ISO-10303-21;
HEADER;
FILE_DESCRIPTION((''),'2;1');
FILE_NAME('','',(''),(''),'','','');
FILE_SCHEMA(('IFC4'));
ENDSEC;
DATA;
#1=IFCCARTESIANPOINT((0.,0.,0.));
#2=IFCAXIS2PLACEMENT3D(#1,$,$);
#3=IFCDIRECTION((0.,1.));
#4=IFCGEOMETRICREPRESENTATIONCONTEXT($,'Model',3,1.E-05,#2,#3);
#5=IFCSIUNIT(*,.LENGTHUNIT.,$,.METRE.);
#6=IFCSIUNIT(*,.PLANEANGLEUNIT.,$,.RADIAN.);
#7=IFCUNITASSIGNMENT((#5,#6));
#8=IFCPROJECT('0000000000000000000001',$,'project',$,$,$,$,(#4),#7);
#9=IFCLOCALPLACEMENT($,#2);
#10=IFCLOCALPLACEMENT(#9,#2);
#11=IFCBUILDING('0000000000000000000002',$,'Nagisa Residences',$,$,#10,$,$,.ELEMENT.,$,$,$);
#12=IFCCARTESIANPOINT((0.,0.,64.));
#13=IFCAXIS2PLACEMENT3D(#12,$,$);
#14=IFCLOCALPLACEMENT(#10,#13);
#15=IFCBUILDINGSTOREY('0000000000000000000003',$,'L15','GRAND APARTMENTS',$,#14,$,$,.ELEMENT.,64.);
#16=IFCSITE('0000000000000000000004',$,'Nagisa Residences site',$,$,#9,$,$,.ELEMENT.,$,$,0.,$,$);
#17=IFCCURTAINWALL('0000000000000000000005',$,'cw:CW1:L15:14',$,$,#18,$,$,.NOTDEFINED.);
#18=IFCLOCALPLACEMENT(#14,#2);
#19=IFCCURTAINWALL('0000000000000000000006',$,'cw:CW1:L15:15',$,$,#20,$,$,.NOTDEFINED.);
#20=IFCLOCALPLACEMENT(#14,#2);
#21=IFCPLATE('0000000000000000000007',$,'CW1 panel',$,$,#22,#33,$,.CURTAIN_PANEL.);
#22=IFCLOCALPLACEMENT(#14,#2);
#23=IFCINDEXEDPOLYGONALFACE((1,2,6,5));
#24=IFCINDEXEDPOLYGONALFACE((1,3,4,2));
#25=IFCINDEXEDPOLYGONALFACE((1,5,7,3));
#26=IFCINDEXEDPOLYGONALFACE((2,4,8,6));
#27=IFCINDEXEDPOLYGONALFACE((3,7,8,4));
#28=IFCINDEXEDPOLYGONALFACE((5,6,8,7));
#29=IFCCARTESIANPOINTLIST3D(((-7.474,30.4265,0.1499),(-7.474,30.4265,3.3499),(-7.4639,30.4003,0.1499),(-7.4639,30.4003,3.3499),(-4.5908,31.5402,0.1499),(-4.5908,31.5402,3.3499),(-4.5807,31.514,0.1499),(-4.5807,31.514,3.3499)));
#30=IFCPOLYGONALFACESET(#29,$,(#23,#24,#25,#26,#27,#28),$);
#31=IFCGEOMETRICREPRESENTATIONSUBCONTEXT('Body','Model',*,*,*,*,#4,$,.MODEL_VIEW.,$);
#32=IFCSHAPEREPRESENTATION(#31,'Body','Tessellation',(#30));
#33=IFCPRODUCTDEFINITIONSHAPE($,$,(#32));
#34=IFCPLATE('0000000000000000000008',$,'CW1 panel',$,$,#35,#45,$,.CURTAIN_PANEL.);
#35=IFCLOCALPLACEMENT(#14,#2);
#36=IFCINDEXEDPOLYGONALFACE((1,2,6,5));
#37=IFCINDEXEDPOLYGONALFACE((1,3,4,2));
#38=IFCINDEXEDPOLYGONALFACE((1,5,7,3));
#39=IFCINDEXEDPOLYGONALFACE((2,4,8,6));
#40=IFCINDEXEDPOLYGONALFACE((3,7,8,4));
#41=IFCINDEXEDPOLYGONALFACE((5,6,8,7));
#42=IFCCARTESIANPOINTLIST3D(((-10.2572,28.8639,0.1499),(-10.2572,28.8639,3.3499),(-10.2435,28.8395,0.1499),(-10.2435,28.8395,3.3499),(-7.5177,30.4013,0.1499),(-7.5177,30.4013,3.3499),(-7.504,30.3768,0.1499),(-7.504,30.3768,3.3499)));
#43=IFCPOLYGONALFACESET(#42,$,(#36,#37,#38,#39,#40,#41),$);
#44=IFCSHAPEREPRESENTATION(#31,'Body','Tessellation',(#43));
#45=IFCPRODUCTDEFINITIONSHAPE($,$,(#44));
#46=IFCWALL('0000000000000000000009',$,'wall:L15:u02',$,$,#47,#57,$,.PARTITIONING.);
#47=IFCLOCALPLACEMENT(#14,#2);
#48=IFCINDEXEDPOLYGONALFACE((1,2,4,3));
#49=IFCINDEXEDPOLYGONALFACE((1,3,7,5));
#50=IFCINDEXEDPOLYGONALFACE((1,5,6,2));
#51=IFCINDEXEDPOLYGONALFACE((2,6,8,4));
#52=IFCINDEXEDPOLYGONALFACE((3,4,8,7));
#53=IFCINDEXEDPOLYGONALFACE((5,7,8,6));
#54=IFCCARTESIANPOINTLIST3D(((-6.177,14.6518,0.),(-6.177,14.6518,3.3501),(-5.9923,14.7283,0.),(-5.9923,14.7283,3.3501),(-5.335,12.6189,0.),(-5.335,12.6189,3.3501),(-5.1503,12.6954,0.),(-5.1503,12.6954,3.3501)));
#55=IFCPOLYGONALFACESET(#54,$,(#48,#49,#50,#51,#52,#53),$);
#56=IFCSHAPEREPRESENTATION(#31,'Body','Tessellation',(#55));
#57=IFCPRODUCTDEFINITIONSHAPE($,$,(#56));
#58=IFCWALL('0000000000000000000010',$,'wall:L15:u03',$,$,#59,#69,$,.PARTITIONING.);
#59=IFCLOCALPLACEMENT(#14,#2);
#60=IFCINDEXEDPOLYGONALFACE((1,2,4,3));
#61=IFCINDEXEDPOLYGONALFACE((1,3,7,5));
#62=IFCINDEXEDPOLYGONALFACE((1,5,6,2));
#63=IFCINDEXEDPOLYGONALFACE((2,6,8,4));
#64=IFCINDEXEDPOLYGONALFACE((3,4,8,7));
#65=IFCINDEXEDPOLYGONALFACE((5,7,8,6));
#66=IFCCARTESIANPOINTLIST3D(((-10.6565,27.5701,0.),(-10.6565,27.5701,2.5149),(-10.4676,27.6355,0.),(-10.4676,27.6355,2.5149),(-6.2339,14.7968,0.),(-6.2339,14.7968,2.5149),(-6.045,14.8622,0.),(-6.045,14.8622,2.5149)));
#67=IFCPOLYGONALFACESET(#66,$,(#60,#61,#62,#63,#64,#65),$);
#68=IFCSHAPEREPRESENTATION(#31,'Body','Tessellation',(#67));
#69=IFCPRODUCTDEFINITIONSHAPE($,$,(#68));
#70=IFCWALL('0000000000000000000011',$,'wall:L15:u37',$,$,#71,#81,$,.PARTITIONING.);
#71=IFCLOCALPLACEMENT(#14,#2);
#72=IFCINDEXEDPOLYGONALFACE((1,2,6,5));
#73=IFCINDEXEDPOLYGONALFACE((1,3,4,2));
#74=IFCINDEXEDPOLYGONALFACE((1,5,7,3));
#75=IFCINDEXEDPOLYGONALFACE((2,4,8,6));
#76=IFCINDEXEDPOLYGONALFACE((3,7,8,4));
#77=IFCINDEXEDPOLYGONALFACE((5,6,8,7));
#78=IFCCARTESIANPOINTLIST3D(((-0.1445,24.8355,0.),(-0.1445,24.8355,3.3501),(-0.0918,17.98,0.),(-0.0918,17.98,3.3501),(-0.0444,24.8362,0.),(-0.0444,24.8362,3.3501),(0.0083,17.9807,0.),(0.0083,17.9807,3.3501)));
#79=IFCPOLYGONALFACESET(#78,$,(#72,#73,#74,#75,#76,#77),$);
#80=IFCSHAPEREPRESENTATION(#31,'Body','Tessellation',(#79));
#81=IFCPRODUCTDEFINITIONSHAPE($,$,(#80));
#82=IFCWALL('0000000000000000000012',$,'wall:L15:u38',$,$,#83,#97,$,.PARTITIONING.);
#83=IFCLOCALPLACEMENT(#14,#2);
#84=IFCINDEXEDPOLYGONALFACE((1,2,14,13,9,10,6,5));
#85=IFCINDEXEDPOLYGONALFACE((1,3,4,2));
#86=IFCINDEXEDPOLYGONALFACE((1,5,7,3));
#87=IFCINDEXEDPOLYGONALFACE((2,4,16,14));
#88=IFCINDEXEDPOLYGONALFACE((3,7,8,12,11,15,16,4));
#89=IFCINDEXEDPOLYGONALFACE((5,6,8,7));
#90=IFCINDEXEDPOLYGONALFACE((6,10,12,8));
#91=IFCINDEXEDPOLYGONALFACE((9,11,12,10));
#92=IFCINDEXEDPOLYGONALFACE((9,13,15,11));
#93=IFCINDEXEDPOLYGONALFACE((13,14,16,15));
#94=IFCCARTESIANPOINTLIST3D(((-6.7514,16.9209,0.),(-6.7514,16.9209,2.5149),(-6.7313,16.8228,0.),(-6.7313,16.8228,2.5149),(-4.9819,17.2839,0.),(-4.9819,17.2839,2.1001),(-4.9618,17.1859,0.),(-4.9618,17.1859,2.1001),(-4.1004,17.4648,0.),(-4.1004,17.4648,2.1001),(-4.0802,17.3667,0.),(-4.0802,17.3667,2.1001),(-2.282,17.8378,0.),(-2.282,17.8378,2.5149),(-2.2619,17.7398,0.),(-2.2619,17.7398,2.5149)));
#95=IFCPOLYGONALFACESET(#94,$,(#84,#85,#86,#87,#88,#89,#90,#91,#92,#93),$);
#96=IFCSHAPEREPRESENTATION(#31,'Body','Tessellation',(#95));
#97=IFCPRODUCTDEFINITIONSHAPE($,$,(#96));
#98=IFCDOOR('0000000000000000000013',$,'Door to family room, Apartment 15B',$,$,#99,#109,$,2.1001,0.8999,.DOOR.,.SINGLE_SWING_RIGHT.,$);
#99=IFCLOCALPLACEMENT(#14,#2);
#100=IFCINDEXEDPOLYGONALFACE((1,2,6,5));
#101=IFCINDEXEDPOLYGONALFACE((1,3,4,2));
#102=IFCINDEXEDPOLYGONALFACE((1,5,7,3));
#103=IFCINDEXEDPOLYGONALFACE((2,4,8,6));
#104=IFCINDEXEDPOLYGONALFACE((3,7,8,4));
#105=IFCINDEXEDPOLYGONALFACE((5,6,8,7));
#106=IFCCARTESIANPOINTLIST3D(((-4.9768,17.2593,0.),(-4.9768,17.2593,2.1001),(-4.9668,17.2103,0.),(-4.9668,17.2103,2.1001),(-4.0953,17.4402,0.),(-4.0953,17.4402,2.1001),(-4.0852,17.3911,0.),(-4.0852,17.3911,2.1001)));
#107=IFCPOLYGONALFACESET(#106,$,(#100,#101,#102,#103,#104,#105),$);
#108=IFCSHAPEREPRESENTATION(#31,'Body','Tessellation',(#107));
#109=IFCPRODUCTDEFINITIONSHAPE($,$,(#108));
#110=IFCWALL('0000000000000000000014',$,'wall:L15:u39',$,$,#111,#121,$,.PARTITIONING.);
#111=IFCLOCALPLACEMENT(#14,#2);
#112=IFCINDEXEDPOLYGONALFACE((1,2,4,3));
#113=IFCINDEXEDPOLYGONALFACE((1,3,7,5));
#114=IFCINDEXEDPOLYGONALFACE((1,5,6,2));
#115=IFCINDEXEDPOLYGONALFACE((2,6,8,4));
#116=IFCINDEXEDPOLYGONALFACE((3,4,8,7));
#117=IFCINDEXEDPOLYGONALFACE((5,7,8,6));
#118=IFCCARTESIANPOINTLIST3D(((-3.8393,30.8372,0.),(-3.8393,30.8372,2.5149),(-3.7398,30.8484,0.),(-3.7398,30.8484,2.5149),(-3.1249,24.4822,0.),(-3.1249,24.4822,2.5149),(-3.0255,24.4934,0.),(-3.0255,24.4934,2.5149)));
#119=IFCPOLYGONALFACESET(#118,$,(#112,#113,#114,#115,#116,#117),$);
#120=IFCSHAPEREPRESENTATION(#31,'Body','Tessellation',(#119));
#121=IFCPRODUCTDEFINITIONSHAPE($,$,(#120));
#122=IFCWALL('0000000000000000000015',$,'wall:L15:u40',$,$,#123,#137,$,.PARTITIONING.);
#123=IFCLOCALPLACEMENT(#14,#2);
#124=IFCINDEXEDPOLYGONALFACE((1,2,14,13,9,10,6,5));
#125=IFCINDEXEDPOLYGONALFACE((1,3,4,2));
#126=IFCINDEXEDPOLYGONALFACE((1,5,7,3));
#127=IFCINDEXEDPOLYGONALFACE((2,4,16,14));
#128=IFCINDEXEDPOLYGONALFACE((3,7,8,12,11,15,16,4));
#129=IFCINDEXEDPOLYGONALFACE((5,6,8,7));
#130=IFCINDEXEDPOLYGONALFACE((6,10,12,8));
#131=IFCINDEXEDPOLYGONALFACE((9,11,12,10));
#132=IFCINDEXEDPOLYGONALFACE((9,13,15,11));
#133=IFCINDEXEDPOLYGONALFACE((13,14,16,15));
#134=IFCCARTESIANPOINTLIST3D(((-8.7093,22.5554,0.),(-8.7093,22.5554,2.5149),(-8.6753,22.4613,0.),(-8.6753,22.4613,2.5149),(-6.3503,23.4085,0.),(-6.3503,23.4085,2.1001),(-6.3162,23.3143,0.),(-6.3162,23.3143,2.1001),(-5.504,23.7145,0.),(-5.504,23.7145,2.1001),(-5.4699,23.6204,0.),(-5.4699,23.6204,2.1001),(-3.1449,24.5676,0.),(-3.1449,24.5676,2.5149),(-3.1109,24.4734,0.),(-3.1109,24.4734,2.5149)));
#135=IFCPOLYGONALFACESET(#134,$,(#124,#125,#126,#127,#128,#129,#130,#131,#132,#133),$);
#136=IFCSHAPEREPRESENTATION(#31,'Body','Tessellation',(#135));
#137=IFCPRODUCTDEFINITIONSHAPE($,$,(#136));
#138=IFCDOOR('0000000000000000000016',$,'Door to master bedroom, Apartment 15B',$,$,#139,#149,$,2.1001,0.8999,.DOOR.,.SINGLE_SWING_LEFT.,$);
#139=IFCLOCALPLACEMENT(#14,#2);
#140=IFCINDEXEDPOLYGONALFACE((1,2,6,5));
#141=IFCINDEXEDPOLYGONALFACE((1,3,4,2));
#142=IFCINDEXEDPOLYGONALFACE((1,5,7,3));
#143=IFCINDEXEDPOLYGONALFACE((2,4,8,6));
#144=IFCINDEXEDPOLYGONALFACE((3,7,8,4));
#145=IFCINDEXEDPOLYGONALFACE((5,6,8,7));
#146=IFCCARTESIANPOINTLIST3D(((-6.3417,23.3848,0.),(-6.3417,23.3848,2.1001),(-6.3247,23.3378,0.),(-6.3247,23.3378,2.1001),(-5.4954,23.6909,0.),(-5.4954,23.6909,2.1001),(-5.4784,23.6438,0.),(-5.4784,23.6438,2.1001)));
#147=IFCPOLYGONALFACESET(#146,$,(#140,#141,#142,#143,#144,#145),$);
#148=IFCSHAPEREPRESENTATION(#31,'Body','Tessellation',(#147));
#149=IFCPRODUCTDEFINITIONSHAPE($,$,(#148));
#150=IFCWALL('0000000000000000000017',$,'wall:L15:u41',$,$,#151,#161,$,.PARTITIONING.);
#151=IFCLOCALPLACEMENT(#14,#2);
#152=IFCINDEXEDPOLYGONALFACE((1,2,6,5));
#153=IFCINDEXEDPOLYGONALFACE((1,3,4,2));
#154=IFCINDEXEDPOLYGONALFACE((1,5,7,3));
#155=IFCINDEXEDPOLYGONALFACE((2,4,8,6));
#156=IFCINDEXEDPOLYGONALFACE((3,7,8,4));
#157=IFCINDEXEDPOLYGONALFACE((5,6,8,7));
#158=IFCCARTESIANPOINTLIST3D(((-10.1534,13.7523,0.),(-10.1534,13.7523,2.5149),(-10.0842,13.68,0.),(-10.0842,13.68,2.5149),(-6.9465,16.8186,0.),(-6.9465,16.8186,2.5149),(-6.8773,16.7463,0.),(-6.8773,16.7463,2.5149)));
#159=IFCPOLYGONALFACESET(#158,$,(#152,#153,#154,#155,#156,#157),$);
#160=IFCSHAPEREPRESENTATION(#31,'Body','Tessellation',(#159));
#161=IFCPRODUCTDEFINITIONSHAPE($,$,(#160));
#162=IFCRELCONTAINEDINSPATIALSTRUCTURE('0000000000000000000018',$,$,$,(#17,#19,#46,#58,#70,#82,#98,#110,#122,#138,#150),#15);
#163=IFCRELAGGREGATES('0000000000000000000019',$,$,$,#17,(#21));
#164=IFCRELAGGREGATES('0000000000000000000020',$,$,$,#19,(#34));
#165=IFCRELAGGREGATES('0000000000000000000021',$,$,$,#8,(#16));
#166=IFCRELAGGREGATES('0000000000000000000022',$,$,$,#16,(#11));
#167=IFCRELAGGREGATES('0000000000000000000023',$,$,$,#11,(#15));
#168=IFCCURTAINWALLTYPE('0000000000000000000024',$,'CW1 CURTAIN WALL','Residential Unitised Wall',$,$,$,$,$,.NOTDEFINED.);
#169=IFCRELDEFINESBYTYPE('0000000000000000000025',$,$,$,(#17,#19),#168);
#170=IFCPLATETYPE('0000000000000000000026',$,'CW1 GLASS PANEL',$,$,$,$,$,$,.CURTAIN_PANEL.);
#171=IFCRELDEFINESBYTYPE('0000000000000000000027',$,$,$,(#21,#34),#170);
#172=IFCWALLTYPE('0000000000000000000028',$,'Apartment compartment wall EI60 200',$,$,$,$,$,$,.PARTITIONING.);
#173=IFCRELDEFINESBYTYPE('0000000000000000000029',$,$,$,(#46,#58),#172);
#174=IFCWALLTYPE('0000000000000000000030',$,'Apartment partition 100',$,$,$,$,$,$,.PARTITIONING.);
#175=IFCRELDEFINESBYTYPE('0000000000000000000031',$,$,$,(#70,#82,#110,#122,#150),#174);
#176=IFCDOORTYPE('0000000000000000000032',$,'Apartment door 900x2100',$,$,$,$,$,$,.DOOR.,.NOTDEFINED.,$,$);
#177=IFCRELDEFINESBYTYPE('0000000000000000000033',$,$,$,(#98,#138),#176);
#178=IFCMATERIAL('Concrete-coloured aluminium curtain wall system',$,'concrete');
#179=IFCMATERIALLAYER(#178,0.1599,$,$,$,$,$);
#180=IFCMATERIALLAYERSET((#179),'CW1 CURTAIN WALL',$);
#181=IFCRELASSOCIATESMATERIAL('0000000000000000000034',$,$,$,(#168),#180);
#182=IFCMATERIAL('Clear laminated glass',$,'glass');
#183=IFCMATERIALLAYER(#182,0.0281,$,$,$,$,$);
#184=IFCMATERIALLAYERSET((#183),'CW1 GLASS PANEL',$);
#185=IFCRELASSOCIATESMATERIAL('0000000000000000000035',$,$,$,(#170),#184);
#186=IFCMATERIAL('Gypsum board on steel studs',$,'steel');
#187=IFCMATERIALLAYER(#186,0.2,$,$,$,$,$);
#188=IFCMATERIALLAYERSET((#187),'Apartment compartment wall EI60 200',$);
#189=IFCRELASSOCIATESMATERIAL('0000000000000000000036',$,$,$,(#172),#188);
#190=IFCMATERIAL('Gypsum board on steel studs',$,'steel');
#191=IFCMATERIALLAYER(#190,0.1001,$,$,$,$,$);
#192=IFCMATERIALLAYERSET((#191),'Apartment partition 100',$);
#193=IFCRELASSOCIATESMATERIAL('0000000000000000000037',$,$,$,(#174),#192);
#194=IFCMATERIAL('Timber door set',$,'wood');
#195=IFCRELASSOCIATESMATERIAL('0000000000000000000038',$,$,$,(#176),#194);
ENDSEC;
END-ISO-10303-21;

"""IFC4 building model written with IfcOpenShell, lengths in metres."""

from ifc_helpers import new_model, si_unit, direction, frame, frame_2d, origin, origin_2d, place, context, subcontext, project, spatial, rectangle, extrude, material, layer, layer_set, type_object, element, fill, aggregate, save


model = new_model("IFC4")

# Units and contexts
model_context = context("Model", 3, precision=1e-05, world=origin(), true_north=direction((0.0, 1.0)))
body_context = subcontext(model_context, "Body", "Model", "MODEL_VIEW")
ifc_project = project(units=[si_unit("LENGTHUNIT", "METRE"), si_unit("PLANEANGLEUNIT", "RADIAN")], contexts=[model_context])

# Site, building, storey
site_placement = place(None, origin())
site = spatial("IfcSite", under=ifc_project, at=site_placement, Name="Nagisa Residences site", CompositionType="ELEMENT", RefElevation=0.0)
building_placement = place(site_placement, origin())
building = spatial("IfcBuilding", under=site, at=building_placement, Name="Nagisa Residences", CompositionType="ELEMENT")
storey_placement = place(building_placement, frame((0.0, 0.0, 64.0)))
storey = spatial("IfcBuildingStorey", under=building, at=storey_placement, Name="L15", Description="GRAND APARTMENTS", CompositionType="ELEMENT", Elevation=64.0)

# Curtain walls
ifc_material_1 = material(Name="Concrete-coloured aluminium curtain wall system", Category="concrete")
ifc_layer_1 = layer(ifc_material_1, 0.1599)
ifc_layer_set_1 = layer_set([ifc_layer_1], Name="CW1 CURTAIN WALL")
curtain_wall_type = type_object("IfcCurtainWallType", Name="CW1 CURTAIN WALL", Description="Residential Unitised Wall", PredefinedType="NOTDEFINED", material=ifc_layer_set_1)
curtain_wall_1_placement = place(storey_placement, origin())
curtain_wall_1 = element("IfcCurtainWall", 1, at=curtain_wall_1_placement, inside=storey, type_object=curtain_wall_type, Name="cw:CW1:L15:14", PredefinedType="NOTDEFINED")
curtain_wall_2_placement = place(storey_placement, origin())
curtain_wall_2 = element("IfcCurtainWall", 2, at=curtain_wall_2_placement, inside=storey, type_object=curtain_wall_type, Name="cw:CW1:L15:15", PredefinedType="NOTDEFINED")

# Plates
ifc_material_2 = material(Name="Clear laminated glass", Category="glass")
ifc_layer_2 = layer(ifc_material_2, 0.0281)
ifc_layer_set_2 = layer_set([ifc_layer_2], Name="CW1 GLASS PANEL")
plate_type = type_object("IfcPlateType", Name="CW1 GLASS PANEL", PredefinedType="CURTAIN_PANEL", material=ifc_layer_set_2)
plate_1_placement = place(storey_placement, frame((-6.0273, 30.9702, 0.1499), z_axis=(0.0, 0.0, 1.0), x_axis=(-0.932826, -0.360328, 0.0)))
plate_1 = element("IfcPlate", 3, at=plate_1_placement, type_object=plate_type, Name="CW1 panel", PredefinedType="CURTAIN_PANEL", context=body_context, shape_type="SweptSolid", body=[
    extrude(rectangle(XDim=3.0908, YDim=0.0281, at=origin_2d()), origin(), (0.0, 0.0, 1.0), 3.2),
])
aggregate(curtain_wall_1, [plate_1])
plate_2_placement = place(storey_placement, frame((-8.8806, 29.6204, 0.1499), z_axis=(0.0, 0.0, 1.0), x_axis=(-0.872072, -0.489377, 0.0)))
plate_2 = element("IfcPlate", 4, at=plate_2_placement, type_object=plate_type, Name="CW1 panel", PredefinedType="CURTAIN_PANEL", context=body_context, shape_type="SweptSolid", body=[
    extrude(rectangle(XDim=3.1414, YDim=0.0281, at=origin_2d()), origin(), (0.0, 0.0, 1.0), 3.2),
])
aggregate(curtain_wall_2, [plate_2])

# Walls
ifc_material_3 = material(Name="Gypsum board on steel studs", Category="steel")
ifc_layer_3 = layer(ifc_material_3, 0.2)
ifc_layer_set_3 = layer_set([ifc_layer_3], Name="Apartment compartment wall EI60 200")
wall_type_1 = type_object("IfcWallType", Name="Apartment compartment wall EI60 200", PredefinedType="PARTITIONING", material=ifc_layer_set_3)
wall_1_placement = place(storey_placement, frame((-5.2427, 12.6572, 0.0), z_axis=(0.0, 0.0, 1.0), x_axis=(-0.382669, 0.923886, 0.0)))
element("IfcWall", 5, at=wall_1_placement, inside=storey, type_object=wall_type_1, Name="wall:L15:u02", PredefinedType="PARTITIONING", context=body_context, shape_type="SweptSolid", body=[
    extrude(rectangle(XDim=2.2004, YDim=0.2, at=frame_2d((1.1001, 0.0))), origin(), (0.0, 0.0, 1.0), 3.3501),
])
wall_2_placement = place(storey_placement, frame((-6.1394, 14.8293, 0.0), z_axis=(0.0, 0.0, 1.0), x_axis=(-0.327179, 0.944962, 0.0)))
element("IfcWall", 6, at=wall_2_placement, inside=storey, type_object=wall_type_1, Name="wall:L15:u03", PredefinedType="PARTITIONING", context=body_context, shape_type="SweptSolid", body=[
    extrude(rectangle(XDim=13.5173, YDim=0.2, at=frame_2d((6.7588, 0.0))), origin(), (0.0, 0.0, 1.0), 2.5149),
])
ifc_material_4 = material(Name="Gypsum board on steel studs", Category="steel")
ifc_layer_4 = layer(ifc_material_4, 0.1001)
ifc_layer_set_4 = layer_set([ifc_layer_4], Name="Apartment partition 100")
wall_type_2 = type_object("IfcWallType", Name="Apartment partition 100", PredefinedType="PARTITIONING", material=ifc_layer_set_4)
wall_3_placement = place(storey_placement, frame((-0.0417, 17.9805, 0.0), z_axis=(0.0, 0.0, 1.0), x_axis=(-0.007692, 0.99997, 0.0)))
element("IfcWall", 7, at=wall_3_placement, inside=storey, type_object=wall_type_2, Name="wall:L15:u37", PredefinedType="PARTITIONING", context=body_context, shape_type="SweptSolid", body=[
    extrude(rectangle(XDim=6.8557, YDim=0.1001, at=frame_2d((3.4277, 0.0))), origin(), (0.0, 0.0, 1.0), 3.3501),
])

# Wall, opening, door
wall_4_placement = place(storey_placement, frame((-2.272, 17.7888, 0.0), z_axis=(0.0, 0.0, 1.0), x_axis=(-0.979595, -0.200981, 0.0)))
wall_4 = element("IfcWall", 8, at=wall_4_placement, inside=storey, type_object=wall_type_2, Name="wall:L15:u38", PredefinedType="PARTITIONING", context=body_context, shape_type="SweptSolid", body=[
    extrude(rectangle(XDim=4.5625, YDim=0.1001, at=frame_2d((2.2812, 0.0))), origin(), (0.0, 0.0, 1.0), 2.5149),
])
opening_1_placement = place(wall_4_placement, frame((1.8562, 0.0, 0.0)))
opening_1 = element("IfcOpeningElement", 9, at=opening_1_placement, cuts=wall_4, PredefinedType="OPENING", context=body_context, shape_type="SweptSolid", body=[
    extrude(rectangle(XDim=0.8999, YDim=2.1001, at=frame_2d((0.45, 1.05))), frame((0.0, 0.0601, 0.0), z_axis=(0.0, -1.0, 0.0), x_axis=(1.0, 0.0, 0.0)), (0.0, 0.0, 1.0), 0.1201),
])
ifc_material_5 = material(Name="Timber door set", Category="wood")
door_type_1 = type_object("IfcDoorType", Name="Apartment door 900x2100", OperationType="NOTDEFINED", PredefinedType="DOOR", material=ifc_material_5)
door_1_placement = place(opening_1_placement, frame((0.8999, 0.0, 0.0), x_axis=(-1.0, 0.0, 0.0)))
door_1 = element("IfcDoor", 10, at=door_1_placement, inside=storey, type_object=door_type_1, Name="Door to family room, Apartment 15B", OperationType="SINGLE_SWING_RIGHT", OverallHeight=2.1001, OverallWidth=0.8999, PredefinedType="DOOR", context=body_context, shape_type="SweptSolid", body=[
    extrude(rectangle(XDim=0.8999, YDim=2.1001, at=frame_2d((0.45, 1.05))), frame((0.0, 0.0249, 0.0), z_axis=(0.0, -1.0, 0.0), x_axis=(1.0, 0.0, 0.0)), (0.0, 0.0, 1.0), 0.05),
])
fill(opening_1, door_1)

# Wall
wall_5_placement = place(storey_placement, frame((-3.0752, 24.4878, 0.0), z_axis=(0.0, 0.0, 1.0), x_axis=(-0.111705, 0.993741, 0.0)))
element("IfcWall", 11, at=wall_5_placement, inside=storey, type_object=wall_type_2, Name="wall:L15:u39", PredefinedType="PARTITIONING", context=body_context, shape_type="SweptSolid", body=[
    extrude(rectangle(XDim=6.395, YDim=0.1001, at=frame_2d((3.1975, 0.0))), origin(), (0.0, 0.0, 1.0), 2.5149),
])

# Wall, opening, door
wall_6_placement = place(storey_placement, frame((-3.1279, 24.5205, 0.0), z_axis=(0.0, 0.0, 1.0), x_axis=(-0.940401, -0.340066, 0.0)))
wall_6 = element("IfcWall", 12, at=wall_6_placement, inside=storey, type_object=wall_type_2, Name="wall:L15:u40", PredefinedType="PARTITIONING", context=body_context, shape_type="SweptSolid", body=[
    extrude(rectangle(XDim=5.917, YDim=0.1001, at=frame_2d((2.9585, 0.0))), origin(), (0.0, 0.0, 1.0), 2.5149),
])
opening_2_placement = place(wall_6_placement, frame((2.5085, 0.0, 0.0)))
opening_2 = element("IfcOpeningElement", 13, at=opening_2_placement, cuts=wall_6, PredefinedType="OPENING", context=body_context, shape_type="SweptSolid", body=[
    extrude(rectangle(XDim=0.8999, YDim=2.1001, at=frame_2d((0.45, 1.05))), frame((0.0, 0.0601, 0.0), z_axis=(0.0, -1.0, 0.0), x_axis=(1.0, 0.0, 0.0)), (0.0, 0.0, 1.0), 0.1201),
])
door_2_placement = place(opening_2_placement, frame((0.8999, 0.0, 0.0), x_axis=(-1.0, 0.0, 0.0)))
door_2 = element("IfcDoor", 14, at=door_2_placement, inside=storey, type_object=door_type_1, Name="Door to master bedroom, Apartment 15B", OperationType="SINGLE_SWING_LEFT", OverallHeight=2.1001, OverallWidth=0.8999, PredefinedType="DOOR", context=body_context, shape_type="SweptSolid", body=[
    extrude(rectangle(XDim=0.8999, YDim=2.1001, at=frame_2d((0.45, 1.05))), frame((0.0, 0.0249, 0.0), z_axis=(0.0, -1.0, 0.0), x_axis=(1.0, 0.0, 0.0)), (0.0, 0.0, 1.0), 0.05),
])
fill(opening_2, door_2)

# Wall
wall_7_placement = place(storey_placement, frame((-6.9119, 16.7825, 0.0), z_axis=(0.0, 0.0, 1.0), x_axis=(-0.722776, -0.691083, 0.0)))
element("IfcWall", 15, at=wall_7_placement, inside=storey, type_object=wall_type_2, Name="wall:L15:u41", PredefinedType="PARTITIONING", context=body_context, shape_type="SweptSolid", body=[
    extrude(rectangle(XDim=4.437, YDim=0.1001, at=frame_2d((2.2185, 0.0))), origin(), (0.0, 0.0, 1.0), 2.5149),
])

save(model, "model.ifc")
